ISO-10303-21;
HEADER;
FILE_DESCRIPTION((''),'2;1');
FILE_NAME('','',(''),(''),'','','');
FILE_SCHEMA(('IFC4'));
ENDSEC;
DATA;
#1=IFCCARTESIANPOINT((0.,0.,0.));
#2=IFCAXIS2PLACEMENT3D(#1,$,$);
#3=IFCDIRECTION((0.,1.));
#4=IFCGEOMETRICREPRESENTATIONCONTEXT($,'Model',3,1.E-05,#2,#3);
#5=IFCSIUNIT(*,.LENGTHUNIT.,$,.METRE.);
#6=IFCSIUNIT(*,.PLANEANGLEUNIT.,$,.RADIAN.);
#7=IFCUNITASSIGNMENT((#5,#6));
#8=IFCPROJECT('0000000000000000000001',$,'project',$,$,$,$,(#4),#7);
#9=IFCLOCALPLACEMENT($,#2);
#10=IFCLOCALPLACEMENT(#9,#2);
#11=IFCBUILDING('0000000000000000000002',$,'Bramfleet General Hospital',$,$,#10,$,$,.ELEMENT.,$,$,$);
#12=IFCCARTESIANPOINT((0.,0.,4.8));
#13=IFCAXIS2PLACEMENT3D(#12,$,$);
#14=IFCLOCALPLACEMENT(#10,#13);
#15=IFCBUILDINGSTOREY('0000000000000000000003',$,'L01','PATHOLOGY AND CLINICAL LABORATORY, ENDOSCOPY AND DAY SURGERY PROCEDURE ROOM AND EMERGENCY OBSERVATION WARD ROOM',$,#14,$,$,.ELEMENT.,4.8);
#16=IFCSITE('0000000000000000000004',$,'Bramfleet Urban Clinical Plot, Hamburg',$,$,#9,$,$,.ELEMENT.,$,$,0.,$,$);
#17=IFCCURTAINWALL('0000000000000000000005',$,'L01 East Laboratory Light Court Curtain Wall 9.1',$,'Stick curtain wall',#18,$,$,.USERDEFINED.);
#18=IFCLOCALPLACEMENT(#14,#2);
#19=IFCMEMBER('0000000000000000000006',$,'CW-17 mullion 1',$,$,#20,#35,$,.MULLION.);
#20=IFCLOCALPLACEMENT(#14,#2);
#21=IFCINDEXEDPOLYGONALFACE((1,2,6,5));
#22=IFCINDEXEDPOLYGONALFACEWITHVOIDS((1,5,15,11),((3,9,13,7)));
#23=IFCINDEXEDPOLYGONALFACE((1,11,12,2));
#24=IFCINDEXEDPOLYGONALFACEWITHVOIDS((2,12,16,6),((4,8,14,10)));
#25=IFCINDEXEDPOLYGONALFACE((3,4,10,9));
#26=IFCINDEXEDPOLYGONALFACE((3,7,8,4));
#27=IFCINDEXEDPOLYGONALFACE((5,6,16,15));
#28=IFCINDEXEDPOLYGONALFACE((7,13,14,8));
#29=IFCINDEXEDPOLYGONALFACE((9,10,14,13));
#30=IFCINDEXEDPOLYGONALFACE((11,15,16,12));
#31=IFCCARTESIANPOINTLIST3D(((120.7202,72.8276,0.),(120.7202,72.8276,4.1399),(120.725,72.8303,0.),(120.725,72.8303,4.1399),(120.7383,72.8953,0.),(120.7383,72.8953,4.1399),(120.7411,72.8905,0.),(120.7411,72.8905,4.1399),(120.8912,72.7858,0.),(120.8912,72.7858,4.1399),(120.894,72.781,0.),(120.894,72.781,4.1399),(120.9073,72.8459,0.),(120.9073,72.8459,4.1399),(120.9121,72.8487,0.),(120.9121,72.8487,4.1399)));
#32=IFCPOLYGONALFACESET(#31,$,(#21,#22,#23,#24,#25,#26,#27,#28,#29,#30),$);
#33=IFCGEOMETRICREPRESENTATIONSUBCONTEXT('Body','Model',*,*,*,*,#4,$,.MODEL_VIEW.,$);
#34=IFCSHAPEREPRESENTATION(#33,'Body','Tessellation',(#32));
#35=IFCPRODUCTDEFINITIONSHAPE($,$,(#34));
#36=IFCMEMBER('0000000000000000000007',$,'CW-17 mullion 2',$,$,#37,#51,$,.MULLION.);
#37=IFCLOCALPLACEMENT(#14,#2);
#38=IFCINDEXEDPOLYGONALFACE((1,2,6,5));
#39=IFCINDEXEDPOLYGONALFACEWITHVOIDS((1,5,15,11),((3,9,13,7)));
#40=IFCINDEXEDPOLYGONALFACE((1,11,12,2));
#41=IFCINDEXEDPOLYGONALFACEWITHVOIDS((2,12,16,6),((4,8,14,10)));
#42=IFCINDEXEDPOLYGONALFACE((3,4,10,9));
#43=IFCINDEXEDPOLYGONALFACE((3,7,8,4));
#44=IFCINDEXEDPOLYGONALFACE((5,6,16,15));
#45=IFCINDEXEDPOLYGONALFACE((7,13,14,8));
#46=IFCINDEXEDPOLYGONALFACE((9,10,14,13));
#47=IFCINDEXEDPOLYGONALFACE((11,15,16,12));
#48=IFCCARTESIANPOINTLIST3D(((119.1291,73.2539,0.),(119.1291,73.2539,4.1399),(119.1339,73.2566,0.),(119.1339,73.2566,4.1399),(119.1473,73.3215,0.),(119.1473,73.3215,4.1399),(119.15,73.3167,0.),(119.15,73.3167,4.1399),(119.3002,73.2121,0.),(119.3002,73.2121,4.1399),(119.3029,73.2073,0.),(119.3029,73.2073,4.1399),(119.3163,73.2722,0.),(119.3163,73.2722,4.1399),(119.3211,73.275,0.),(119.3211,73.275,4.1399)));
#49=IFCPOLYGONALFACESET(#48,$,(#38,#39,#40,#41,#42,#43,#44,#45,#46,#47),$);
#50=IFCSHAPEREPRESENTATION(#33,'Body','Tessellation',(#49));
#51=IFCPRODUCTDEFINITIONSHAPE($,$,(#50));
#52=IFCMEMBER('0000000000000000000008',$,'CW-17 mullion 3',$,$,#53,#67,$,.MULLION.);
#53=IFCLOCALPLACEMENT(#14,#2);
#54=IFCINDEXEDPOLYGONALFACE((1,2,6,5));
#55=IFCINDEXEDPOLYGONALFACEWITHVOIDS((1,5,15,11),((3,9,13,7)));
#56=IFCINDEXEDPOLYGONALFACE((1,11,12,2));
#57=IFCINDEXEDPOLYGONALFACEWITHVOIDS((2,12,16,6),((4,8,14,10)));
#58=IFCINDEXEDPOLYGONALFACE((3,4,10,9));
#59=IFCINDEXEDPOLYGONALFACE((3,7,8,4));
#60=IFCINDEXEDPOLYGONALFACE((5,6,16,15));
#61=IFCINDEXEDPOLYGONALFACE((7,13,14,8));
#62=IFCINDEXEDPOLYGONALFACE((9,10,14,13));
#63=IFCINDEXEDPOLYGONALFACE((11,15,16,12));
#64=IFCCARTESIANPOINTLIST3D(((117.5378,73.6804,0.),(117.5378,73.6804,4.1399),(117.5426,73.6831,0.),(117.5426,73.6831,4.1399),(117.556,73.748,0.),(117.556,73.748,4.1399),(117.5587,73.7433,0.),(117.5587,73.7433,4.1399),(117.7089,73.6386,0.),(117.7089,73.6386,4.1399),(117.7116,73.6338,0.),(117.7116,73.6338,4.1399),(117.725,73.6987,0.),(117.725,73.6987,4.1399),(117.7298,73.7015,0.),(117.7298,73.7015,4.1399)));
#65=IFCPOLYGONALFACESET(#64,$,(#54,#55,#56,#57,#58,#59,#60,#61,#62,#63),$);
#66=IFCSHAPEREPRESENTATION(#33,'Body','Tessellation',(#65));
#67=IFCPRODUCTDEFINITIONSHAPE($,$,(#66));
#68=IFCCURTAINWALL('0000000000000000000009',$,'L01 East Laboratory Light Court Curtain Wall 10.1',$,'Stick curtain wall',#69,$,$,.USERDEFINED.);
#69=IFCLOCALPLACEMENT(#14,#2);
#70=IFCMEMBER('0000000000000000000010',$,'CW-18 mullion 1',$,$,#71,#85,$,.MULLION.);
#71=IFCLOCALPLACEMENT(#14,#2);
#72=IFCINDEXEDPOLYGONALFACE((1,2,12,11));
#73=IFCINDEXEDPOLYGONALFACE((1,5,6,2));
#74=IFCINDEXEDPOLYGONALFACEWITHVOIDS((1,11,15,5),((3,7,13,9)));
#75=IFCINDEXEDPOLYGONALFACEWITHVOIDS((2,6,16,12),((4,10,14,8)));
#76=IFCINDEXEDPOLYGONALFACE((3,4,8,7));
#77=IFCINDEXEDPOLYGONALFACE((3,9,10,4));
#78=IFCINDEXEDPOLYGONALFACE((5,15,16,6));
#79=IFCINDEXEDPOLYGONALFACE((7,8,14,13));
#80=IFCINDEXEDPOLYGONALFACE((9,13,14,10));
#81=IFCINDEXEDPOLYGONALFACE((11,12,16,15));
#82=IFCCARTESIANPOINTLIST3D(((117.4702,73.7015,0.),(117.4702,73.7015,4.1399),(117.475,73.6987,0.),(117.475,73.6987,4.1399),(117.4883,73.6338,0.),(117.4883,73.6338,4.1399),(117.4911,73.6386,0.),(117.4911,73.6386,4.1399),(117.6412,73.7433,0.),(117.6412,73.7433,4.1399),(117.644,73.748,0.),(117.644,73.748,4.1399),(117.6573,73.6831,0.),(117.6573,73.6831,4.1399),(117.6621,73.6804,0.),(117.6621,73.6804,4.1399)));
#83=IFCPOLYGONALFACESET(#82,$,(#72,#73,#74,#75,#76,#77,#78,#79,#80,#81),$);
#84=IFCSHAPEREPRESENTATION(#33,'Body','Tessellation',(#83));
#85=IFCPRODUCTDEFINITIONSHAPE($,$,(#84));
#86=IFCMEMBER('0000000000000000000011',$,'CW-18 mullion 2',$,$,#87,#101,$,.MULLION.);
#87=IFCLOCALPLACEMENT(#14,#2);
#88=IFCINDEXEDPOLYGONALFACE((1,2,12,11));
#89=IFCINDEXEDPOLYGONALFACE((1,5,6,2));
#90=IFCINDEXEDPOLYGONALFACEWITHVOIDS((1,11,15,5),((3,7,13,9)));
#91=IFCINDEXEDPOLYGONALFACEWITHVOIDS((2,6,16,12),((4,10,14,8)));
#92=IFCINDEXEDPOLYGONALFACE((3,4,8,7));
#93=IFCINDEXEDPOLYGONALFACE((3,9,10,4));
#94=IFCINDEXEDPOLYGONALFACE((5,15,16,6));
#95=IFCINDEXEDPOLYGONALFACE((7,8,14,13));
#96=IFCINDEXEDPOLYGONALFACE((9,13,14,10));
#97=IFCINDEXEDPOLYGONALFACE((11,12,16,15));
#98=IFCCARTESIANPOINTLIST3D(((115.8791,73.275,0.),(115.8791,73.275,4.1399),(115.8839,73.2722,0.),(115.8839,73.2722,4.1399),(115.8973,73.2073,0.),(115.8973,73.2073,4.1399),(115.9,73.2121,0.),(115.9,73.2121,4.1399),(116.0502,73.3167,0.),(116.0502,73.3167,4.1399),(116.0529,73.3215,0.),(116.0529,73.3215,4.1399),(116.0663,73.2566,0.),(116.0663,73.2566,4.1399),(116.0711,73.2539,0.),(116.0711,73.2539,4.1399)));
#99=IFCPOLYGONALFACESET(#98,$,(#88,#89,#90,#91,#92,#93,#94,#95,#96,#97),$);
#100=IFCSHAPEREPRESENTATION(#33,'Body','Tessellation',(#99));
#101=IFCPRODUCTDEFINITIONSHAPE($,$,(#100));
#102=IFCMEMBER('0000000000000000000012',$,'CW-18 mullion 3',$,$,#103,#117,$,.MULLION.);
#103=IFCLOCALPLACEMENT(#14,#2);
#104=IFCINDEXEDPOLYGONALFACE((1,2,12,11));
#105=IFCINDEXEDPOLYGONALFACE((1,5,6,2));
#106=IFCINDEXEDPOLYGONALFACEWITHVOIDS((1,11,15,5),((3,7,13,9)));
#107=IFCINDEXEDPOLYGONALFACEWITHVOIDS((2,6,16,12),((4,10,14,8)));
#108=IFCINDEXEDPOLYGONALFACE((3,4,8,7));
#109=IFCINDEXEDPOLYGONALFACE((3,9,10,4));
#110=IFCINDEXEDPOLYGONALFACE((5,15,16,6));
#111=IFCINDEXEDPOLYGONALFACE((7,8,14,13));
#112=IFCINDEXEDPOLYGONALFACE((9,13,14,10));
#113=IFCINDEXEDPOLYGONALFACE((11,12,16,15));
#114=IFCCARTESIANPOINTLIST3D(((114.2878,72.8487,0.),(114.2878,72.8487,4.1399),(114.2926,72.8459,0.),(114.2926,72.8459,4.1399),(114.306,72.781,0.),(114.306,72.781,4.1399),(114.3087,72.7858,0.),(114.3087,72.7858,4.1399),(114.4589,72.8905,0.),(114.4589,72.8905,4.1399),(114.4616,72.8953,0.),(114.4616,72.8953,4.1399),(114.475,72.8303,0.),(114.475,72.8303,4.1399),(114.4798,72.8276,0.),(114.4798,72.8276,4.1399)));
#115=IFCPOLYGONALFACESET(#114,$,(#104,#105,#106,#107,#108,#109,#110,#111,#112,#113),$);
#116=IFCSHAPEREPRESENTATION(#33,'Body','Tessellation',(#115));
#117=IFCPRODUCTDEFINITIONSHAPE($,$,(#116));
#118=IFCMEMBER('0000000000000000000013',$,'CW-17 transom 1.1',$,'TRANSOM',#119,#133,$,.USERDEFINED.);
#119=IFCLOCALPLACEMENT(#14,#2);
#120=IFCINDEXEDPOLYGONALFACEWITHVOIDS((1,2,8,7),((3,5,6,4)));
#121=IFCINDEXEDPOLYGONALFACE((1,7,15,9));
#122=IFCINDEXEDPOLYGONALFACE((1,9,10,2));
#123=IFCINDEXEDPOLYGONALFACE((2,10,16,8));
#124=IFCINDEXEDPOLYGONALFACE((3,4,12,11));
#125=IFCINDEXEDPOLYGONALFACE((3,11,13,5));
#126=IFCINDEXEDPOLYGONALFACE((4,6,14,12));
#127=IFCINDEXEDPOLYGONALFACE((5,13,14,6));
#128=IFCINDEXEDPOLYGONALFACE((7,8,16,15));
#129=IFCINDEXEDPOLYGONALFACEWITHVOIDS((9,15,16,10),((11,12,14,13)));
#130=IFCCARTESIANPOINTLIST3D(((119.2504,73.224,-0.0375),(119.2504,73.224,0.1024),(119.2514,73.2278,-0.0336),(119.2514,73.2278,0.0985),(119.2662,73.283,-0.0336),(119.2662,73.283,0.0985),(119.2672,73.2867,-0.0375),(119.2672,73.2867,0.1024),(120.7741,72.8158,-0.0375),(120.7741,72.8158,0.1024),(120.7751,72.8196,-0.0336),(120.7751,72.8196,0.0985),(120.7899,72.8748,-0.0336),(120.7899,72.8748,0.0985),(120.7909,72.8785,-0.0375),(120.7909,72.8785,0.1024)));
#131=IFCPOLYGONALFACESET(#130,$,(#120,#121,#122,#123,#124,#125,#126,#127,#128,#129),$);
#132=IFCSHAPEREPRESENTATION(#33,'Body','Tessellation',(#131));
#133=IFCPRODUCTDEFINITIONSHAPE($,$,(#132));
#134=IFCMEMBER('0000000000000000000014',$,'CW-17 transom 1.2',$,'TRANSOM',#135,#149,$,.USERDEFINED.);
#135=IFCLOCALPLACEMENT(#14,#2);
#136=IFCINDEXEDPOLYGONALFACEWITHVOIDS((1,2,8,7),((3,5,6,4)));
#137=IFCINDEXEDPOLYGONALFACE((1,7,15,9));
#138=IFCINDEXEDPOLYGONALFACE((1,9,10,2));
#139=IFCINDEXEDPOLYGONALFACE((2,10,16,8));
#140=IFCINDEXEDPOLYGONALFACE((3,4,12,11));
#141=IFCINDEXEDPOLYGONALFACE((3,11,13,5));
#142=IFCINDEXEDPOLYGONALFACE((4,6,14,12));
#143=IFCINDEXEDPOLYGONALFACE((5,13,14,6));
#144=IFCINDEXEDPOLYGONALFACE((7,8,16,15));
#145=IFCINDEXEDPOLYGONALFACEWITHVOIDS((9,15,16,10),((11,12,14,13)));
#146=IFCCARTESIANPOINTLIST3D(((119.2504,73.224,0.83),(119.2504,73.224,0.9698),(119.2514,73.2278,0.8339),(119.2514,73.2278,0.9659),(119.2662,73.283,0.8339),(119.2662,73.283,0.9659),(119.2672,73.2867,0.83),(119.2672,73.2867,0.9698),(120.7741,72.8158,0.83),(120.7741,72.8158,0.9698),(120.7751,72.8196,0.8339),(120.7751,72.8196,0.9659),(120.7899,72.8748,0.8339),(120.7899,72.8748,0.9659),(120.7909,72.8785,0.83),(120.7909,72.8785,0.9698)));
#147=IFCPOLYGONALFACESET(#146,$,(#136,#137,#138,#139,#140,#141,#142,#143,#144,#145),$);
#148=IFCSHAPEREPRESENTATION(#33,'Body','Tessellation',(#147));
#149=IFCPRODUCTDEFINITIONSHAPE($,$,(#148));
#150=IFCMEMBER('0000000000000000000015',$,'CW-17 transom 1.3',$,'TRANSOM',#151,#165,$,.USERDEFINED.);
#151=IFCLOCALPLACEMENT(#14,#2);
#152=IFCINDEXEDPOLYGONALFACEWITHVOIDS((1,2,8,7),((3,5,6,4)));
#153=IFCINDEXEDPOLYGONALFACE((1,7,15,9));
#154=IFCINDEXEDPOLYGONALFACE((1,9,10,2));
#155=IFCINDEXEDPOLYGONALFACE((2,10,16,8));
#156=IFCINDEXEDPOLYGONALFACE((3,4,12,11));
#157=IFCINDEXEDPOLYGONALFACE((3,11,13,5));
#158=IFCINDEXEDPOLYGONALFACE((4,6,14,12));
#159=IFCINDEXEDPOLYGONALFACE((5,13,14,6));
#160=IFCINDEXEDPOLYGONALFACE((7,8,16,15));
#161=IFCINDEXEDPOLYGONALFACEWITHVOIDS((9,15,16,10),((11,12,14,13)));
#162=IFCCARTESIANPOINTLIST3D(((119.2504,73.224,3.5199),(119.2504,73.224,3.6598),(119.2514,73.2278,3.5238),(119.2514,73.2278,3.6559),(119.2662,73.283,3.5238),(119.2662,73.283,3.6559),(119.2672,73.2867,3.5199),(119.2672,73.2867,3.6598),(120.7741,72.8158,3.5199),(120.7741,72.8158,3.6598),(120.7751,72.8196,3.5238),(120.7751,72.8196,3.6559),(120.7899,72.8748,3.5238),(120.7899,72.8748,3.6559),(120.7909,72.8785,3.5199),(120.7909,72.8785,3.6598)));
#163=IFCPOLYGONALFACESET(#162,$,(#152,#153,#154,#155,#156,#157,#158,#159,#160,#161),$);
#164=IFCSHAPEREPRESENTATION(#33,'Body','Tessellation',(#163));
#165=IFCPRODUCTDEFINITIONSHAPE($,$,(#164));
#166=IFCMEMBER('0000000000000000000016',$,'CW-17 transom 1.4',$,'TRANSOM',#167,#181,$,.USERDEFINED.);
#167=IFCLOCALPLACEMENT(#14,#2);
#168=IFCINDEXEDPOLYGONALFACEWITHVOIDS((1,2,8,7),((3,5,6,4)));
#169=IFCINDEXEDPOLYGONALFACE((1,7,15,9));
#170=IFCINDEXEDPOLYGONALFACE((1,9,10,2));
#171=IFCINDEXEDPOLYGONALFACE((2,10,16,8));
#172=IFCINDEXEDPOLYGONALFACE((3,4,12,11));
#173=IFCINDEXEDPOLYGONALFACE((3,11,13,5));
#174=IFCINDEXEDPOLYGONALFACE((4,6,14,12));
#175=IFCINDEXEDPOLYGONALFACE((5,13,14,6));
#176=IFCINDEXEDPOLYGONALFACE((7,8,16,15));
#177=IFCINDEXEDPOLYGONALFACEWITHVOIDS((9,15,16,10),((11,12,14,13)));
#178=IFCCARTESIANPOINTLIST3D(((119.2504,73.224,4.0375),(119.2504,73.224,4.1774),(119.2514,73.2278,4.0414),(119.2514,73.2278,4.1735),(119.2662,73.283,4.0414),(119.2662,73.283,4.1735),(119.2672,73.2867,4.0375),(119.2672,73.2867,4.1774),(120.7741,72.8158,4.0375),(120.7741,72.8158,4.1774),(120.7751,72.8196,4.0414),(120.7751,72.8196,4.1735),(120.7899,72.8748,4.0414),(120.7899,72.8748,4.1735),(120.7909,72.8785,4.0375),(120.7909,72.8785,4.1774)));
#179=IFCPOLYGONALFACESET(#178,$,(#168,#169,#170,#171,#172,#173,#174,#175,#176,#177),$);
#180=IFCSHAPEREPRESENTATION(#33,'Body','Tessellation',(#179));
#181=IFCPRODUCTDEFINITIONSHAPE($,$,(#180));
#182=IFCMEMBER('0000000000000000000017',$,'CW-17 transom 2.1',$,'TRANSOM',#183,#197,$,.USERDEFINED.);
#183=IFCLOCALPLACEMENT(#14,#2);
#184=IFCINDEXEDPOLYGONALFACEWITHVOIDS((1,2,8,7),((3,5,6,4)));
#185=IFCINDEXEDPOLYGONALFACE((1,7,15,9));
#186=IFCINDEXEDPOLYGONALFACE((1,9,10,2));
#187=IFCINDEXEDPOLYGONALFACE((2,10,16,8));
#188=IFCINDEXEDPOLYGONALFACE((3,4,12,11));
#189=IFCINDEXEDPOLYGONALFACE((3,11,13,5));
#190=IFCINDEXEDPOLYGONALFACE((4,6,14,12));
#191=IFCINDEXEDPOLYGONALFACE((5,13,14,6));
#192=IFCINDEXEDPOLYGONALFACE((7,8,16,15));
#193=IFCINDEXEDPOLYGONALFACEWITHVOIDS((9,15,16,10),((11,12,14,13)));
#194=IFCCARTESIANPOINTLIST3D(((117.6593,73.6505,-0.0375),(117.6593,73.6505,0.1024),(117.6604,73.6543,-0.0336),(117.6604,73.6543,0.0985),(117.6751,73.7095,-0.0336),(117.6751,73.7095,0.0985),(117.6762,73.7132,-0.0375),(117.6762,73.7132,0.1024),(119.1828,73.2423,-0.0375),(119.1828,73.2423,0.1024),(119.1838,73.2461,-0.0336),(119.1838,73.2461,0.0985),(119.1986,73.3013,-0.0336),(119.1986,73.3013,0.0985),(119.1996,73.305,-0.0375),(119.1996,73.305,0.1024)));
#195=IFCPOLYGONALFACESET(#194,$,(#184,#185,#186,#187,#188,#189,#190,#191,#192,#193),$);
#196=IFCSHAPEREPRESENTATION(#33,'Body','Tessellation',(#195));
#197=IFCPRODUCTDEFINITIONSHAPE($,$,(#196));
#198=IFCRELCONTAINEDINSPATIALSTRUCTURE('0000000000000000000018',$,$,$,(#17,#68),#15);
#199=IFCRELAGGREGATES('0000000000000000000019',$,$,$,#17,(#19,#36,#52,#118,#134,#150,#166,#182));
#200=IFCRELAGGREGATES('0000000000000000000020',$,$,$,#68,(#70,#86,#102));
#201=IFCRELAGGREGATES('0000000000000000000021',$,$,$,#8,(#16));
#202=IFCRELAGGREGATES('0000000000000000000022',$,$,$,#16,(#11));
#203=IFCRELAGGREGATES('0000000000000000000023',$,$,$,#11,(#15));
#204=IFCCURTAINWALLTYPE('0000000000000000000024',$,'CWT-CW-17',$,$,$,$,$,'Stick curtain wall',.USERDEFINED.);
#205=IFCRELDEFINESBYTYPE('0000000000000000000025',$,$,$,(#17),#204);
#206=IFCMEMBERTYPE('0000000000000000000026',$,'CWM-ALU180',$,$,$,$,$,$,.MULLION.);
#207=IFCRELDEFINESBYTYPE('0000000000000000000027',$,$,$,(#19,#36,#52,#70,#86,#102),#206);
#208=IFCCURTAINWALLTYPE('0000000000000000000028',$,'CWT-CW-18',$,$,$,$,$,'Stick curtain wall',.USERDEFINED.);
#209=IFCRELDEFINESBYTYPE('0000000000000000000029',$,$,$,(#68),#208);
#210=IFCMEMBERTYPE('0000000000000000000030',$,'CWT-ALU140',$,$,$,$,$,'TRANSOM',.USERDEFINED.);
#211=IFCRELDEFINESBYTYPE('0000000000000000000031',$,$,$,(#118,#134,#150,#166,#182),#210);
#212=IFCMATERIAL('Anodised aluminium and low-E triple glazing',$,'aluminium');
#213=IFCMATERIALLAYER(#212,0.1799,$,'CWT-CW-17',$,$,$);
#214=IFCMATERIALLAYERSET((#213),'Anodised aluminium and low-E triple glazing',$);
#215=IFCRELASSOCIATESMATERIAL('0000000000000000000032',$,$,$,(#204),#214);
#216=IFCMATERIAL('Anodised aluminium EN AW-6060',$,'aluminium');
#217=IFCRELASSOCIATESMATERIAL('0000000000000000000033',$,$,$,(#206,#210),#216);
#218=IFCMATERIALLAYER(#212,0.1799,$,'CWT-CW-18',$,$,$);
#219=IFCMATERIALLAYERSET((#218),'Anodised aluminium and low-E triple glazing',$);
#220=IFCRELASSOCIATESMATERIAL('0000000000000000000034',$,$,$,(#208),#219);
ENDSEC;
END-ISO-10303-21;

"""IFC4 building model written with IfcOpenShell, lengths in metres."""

from ifc_helpers import new_model, si_unit, direction, frame, origin, origin_2d, place, context, subcontext, project, spatial, hollow_rectangle, extrude, material, layer, layer_set, material_profile, profile_set, type_object, element, aggregate, save


model = new_model("IFC4")

# Units and contexts
model_context = context("Model", 3, precision=1e-05, world=origin(), true_north=direction((0.0, 1.0)))
body_context = subcontext(model_context, "Body", "Model", "MODEL_VIEW")
ifc_project = project(units=[si_unit("LENGTHUNIT", "METRE"), si_unit("PLANEANGLEUNIT", "RADIAN")], contexts=[model_context])

# Site, building, storey
site_placement = place(None, origin())
site = spatial("IfcSite", under=ifc_project, at=site_placement, Name="Bramfleet Urban Clinical Plot, Hamburg", CompositionType="ELEMENT", RefElevation=0.0)
building_placement = place(site_placement, origin())
building = spatial("IfcBuilding", under=site, at=building_placement, Name="Bramfleet General Hospital", CompositionType="ELEMENT")
storey_placement = place(building_placement, frame((0.0, 0.0, 4.8)))
storey = spatial("IfcBuildingStorey", under=building, at=storey_placement, Name="L01", Description="PATHOLOGY AND CLINICAL LABORATORY, ENDOSCOPY AND DAY SURGERY PROCEDURE ROOM AND EMERGENCY OBSERVATION WARD ROOM", CompositionType="ELEMENT", Elevation=4.8)

# Curtain walls, members
ifc_material_1 = material(Name="Anodised aluminium and low-E triple glazing", Category="aluminium")
ifc_layer_1 = layer(ifc_material_1, 0.1799, Name="CWT-CW-17")
ifc_layer_set_1 = layer_set([ifc_layer_1], Name="Anodised aluminium and low-E triple glazing")
curtain_wall_type_1 = type_object("IfcCurtainWallType", Name="CWT-CW-17", ElementType="Stick curtain wall", PredefinedType="USERDEFINED", material=ifc_layer_set_1)
curtain_wall_1_placement = place(storey_placement, origin())
curtain_wall_1 = element("IfcCurtainWall", 1, at=curtain_wall_1_placement, inside=storey, type_object=curtain_wall_type_1, Name="L01 East Laboratory Light Court Curtain Wall 9.1", ObjectType="Stick curtain wall", PredefinedType="USERDEFINED")
ifc_material_2 = material(Name="Anodised aluminium EN AW-6060", Category="aluminium")
ifc_material_profile_1 = material_profile(ifc_material_2, hollow_rectangle(XDim=0.0701, YDim=0.1799, WallThickness=0.0039, at=origin_2d()), Name="ALU 180x70x4.0")
ifc_profile_set_1 = profile_set([ifc_material_profile_1], Name="Anodised aluminium EN AW-6060")
member_type_1 = type_object("IfcMemberType", Name="CWM-ALU180", PredefinedType="MULLION", material=ifc_profile_set_1)
member_1_placement = place(storey_placement, frame((120.8162, 72.8381, 0.0), z_axis=(0.0, 0.0, 1.0), x_axis=(-0.258865, -0.965914, 0.0)))
member_1 = element("IfcMember", 2, at=member_1_placement, type_object=member_type_1, Name="CW-17 mullion 1", PredefinedType="MULLION", context=body_context, shape_type="SweptSolid", body=[
    extrude(hollow_rectangle(XDim=0.0701, YDim=0.1799, WallThickness=0.0039, at=origin_2d()), origin(), (0.0, 0.0, 1.0), 4.1399),
])
member_2_placement = place(storey_placement, frame((119.2251, 73.2644, 0.0), z_axis=(0.0, 0.0, 1.0), x_axis=(-0.258865, -0.965914, 0.0)))
member_2 = element("IfcMember", 3, at=member_2_placement, type_object=member_type_1, Name="CW-17 mullion 2", PredefinedType="MULLION", context=body_context, shape_type="SweptSolid", body=[
    extrude(hollow_rectangle(XDim=0.0701, YDim=0.1799, WallThickness=0.0039, at=origin_2d()), origin(), (0.0, 0.0, 1.0), 4.1399),
])
member_3_placement = place(storey_placement, frame((117.6338, 73.6909, 0.0), z_axis=(0.0, 0.0, 1.0), x_axis=(-0.258865, -0.965914, 0.0)))
member_3 = element("IfcMember", 4, at=member_3_placement, type_object=member_type_1, Name="CW-17 mullion 3", PredefinedType="MULLION", context=body_context, shape_type="SweptSolid", body=[
    extrude(hollow_rectangle(XDim=0.0701, YDim=0.1799, WallThickness=0.0039, at=origin_2d()), origin(), (0.0, 0.0, 1.0), 4.1399),
])
ifc_layer_2 = layer(ifc_material_1, 0.1799, Name="CWT-CW-18")
ifc_layer_set_2 = layer_set([ifc_layer_2], Name="Anodised aluminium and low-E triple glazing")
curtain_wall_type_2 = type_object("IfcCurtainWallType", Name="CWT-CW-18", ElementType="Stick curtain wall", PredefinedType="USERDEFINED", material=ifc_layer_set_2)
curtain_wall_2_placement = place(storey_placement, origin())
curtain_wall_2 = element("IfcCurtainWall", 5, at=curtain_wall_2_placement, inside=storey, type_object=curtain_wall_type_2, Name="L01 East Laboratory Light Court Curtain Wall 10.1", ObjectType="Stick curtain wall", PredefinedType="USERDEFINED")
member_4_placement = place(storey_placement, frame((117.5662, 73.6909, 0.0), z_axis=(0.0, 0.0, 1.0), x_axis=(0.258865, -0.965914, 0.0)))
member_4 = element("IfcMember", 6, at=member_4_placement, type_object=member_type_1, Name="CW-18 mullion 1", PredefinedType="MULLION", context=body_context, shape_type="SweptSolid", body=[
    extrude(hollow_rectangle(XDim=0.0701, YDim=0.1799, WallThickness=0.0039, at=origin_2d()), origin(), (0.0, 0.0, 1.0), 4.1399),
])
member_5_placement = place(storey_placement, frame((115.9751, 73.2644, 0.0), z_axis=(0.0, 0.0, 1.0), x_axis=(0.258865, -0.965914, 0.0)))
member_5 = element("IfcMember", 7, at=member_5_placement, type_object=member_type_1, Name="CW-18 mullion 2", PredefinedType="MULLION", context=body_context, shape_type="SweptSolid", body=[
    extrude(hollow_rectangle(XDim=0.0701, YDim=0.1799, WallThickness=0.0039, at=origin_2d()), origin(), (0.0, 0.0, 1.0), 4.1399),
])
member_6_placement = place(storey_placement, frame((114.3838, 72.8381, 0.0), z_axis=(0.0, 0.0, 1.0), x_axis=(0.258865, -0.965914, 0.0)))
member_6 = element("IfcMember", 8, at=member_6_placement, type_object=member_type_1, Name="CW-18 mullion 3", PredefinedType="MULLION", context=body_context, shape_type="SweptSolid", body=[
    extrude(hollow_rectangle(XDim=0.0701, YDim=0.1799, WallThickness=0.0039, at=origin_2d()), origin(), (0.0, 0.0, 1.0), 4.1399),
])

# Members
ifc_material_profile_2 = material_profile(ifc_material_2, hollow_rectangle(XDim=0.0649, YDim=0.1399, WallThickness=0.0039, at=origin_2d()), Name="ALU 140x65x4.0")
ifc_profile_set_2 = profile_set([ifc_material_profile_2], Name="Anodised aluminium EN AW-6060")
member_type_2 = type_object("IfcMemberType", Name="CWT-ALU140", ElementType="TRANSOM", PredefinedType="USERDEFINED", material=ifc_profile_set_2)
member_7_placement = place(storey_placement, frame((120.7825, 72.8472, 0.0325), z_axis=(-0.965936, 0.25878, 0.0), x_axis=(-0.25878, -0.965936, 0.0)))
member_7 = element("IfcMember", 9, at=member_7_placement, type_object=member_type_2, Name="CW-17 transom 1.1", ObjectType="TRANSOM", PredefinedType="USERDEFINED", context=body_context, shape_type="SweptSolid", body=[
    extrude(hollow_rectangle(XDim=0.0649, YDim=0.1399, WallThickness=0.0039, at=origin_2d()), origin(), (0.0, 0.0, 1.0), 1.5774),
])
member_8_placement = place(storey_placement, frame((120.7825, 72.8472, 0.8999), z_axis=(-0.965936, 0.25878, 0.0), x_axis=(-0.25878, -0.965936, 0.0)))
member_8 = element("IfcMember", 10, at=member_8_placement, type_object=member_type_2, Name="CW-17 transom 1.2", ObjectType="TRANSOM", PredefinedType="USERDEFINED", context=body_context, shape_type="SweptSolid", body=[
    extrude(hollow_rectangle(XDim=0.0649, YDim=0.1399, WallThickness=0.0039, at=origin_2d()), origin(), (0.0, 0.0, 1.0), 1.5774),
])
member_9_placement = place(storey_placement, frame((120.7825, 72.8472, 3.5898), z_axis=(-0.965936, 0.25878, 0.0), x_axis=(-0.25878, -0.965936, 0.0)))
member_9 = element("IfcMember", 11, at=member_9_placement, type_object=member_type_2, Name="CW-17 transom 1.3", ObjectType="TRANSOM", PredefinedType="USERDEFINED", context=body_context, shape_type="SweptSolid", body=[
    extrude(hollow_rectangle(XDim=0.0649, YDim=0.1399, WallThickness=0.0039, at=origin_2d()), origin(), (0.0, 0.0, 1.0), 1.5774),
])
member_10_placement = place(storey_placement, frame((120.7825, 72.8472, 4.1074), z_axis=(-0.965936, 0.25878, 0.0), x_axis=(-0.25878, -0.965936, 0.0)))
member_10 = element("IfcMember", 12, at=member_10_placement, type_object=member_type_2, Name="CW-17 transom 1.4", ObjectType="TRANSOM", PredefinedType="USERDEFINED", context=body_context, shape_type="SweptSolid", body=[
    extrude(hollow_rectangle(XDim=0.0649, YDim=0.1399, WallThickness=0.0039, at=origin_2d()), origin(), (0.0, 0.0, 1.0), 1.5774),
])
member_11_placement = place(storey_placement, frame((119.1912, 73.2737, 0.0325), z_axis=(-0.965926, 0.258819, 0.0), x_axis=(-0.258819, -0.965926, 0.0)))
member_11 = element("IfcMember", 13, at=member_11_placement, type_object=member_type_2, Name="CW-17 transom 2.1", ObjectType="TRANSOM", PredefinedType="USERDEFINED", context=body_context, shape_type="SweptSolid", body=[
    extrude(hollow_rectangle(XDim=0.0649, YDim=0.1399, WallThickness=0.0039, at=origin_2d()), origin(), (0.0, 0.0, 1.0), 1.5771),
])

aggregate(curtain_wall_1, [member_1, member_2, member_3, member_7, member_8, member_9, member_10, member_11])
aggregate(curtain_wall_2, [member_4, member_5, member_6])

save(model, "model.ifc")
